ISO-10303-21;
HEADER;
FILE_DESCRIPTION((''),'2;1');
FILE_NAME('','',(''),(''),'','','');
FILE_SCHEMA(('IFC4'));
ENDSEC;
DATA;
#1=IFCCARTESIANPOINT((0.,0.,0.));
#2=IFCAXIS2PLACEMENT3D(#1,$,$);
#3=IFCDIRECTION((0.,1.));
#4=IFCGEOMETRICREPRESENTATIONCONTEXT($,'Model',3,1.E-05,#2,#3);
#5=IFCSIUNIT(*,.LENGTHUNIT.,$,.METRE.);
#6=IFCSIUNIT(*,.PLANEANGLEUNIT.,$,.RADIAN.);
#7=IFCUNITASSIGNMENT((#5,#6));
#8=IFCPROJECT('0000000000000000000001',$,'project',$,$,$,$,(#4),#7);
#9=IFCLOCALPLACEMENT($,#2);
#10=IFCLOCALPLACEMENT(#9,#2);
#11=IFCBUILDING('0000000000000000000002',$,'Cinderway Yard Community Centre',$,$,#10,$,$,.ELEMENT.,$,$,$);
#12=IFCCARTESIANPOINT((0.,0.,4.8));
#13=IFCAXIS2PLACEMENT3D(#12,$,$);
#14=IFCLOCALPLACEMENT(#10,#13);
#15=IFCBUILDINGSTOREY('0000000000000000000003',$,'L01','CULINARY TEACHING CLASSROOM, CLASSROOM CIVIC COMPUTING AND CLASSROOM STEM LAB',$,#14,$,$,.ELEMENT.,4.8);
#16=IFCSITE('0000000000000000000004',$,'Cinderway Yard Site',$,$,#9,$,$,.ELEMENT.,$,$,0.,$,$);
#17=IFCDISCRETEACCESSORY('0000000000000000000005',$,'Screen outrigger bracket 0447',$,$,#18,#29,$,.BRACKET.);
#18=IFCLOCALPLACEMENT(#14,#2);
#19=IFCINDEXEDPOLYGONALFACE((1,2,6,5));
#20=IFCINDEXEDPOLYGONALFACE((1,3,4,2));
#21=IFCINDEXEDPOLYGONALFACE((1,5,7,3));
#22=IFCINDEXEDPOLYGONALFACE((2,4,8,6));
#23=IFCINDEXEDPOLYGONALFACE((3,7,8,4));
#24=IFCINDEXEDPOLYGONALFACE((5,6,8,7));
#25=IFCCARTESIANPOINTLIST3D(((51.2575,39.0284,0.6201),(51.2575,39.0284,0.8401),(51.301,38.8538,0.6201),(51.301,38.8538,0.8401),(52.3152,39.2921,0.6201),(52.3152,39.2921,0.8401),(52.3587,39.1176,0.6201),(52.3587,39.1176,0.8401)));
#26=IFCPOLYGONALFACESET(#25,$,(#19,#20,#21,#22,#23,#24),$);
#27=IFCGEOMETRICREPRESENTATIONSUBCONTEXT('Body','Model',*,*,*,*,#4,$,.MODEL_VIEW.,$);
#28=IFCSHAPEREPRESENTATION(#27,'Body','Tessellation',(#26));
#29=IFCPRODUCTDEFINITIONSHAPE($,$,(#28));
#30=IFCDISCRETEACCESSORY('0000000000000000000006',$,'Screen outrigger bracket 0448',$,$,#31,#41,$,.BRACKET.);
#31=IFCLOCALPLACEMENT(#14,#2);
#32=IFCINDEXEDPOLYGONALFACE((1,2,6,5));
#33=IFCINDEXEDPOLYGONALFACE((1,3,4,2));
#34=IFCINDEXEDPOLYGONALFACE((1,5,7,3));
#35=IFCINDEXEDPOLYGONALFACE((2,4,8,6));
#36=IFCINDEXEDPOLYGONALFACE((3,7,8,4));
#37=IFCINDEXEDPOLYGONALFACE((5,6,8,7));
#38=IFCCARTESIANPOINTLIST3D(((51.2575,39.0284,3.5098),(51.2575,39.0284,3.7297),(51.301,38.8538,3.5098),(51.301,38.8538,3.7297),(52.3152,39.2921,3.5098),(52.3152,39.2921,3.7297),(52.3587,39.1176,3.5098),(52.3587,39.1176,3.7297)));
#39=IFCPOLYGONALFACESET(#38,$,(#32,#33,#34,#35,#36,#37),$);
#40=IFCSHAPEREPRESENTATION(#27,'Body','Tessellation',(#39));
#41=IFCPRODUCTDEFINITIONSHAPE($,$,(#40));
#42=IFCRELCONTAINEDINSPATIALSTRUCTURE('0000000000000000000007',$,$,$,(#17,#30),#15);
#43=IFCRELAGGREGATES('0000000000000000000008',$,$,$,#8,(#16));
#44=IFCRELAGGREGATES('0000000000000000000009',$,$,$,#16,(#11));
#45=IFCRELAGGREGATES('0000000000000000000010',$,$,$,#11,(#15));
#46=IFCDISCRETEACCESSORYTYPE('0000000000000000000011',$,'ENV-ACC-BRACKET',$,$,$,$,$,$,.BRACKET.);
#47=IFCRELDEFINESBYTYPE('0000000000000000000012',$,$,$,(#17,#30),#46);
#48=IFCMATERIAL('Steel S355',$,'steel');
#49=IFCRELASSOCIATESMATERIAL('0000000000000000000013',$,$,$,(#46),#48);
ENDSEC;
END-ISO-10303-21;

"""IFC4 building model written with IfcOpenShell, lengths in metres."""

from ifc_helpers import new_model, si_unit, direction, frame, origin, origin_2d, place, context, subcontext, project, spatial, rectangle, extrude, material, type_object, element, save


model = new_model("IFC4")

# Units and contexts
model_context = context("Model", 3, precision=1e-05, world=origin(), true_north=direction((0.0, 1.0)))
body_context = subcontext(model_context, "Body", "Model", "MODEL_VIEW")
ifc_project = project(units=[si_unit("LENGTHUNIT", "METRE"), si_unit("PLANEANGLEUNIT", "RADIAN")], contexts=[model_context])

# Site, building, storey
site_placement = place(None, origin())
site = spatial("IfcSite", under=ifc_project, at=site_placement, Name="Cinderway Yard Site", CompositionType="ELEMENT", RefElevation=0.0)
building_placement = place(site_placement, origin())
building = spatial("IfcBuilding", under=site, at=building_placement, Name="Cinderway Yard Community Centre", CompositionType="ELEMENT")
storey_placement = place(building_placement, frame((0.0, 0.0, 4.8)))
storey = spatial("IfcBuildingStorey", under=building, at=storey_placement, Name="L01", Description="CULINARY TEACHING CLASSROOM, CLASSROOM CIVIC COMPUTING AND CLASSROOM STEM LAB", CompositionType="ELEMENT", Elevation=4.8)

# Shared definitions
ifc_material_1 = material(Name="Steel S355", Category="steel")

# Discrete accessories
discrete_accessory_type = type_object("IfcDiscreteAccessoryType", Name="ENV-ACC-BRACKET", PredefinedType="BRACKET", material=ifc_material_1)
for number, where, z_axis, x_axis, name in (
    (1, (51.8081, 39.073, 0.6201), (0.0, 0.0, 1.0), (0.970296, 0.241922, 0.0), "Screen outrigger bracket 0447"),
    (2, (51.8081, 39.073, 3.5098), (0.0, 0.0, 1.0), (0.970296, 0.241922, 0.0), "Screen outrigger bracket 0448"),
):
    element("IfcDiscreteAccessory", number, at=place(storey_placement, frame(where, z_axis=z_axis, x_axis=x_axis)), inside=storey, type_object=discrete_accessory_type, Name=name, PredefinedType="BRACKET", context=body_context, shape_type="SweptSolid", body=[
        extrude(rectangle(XDim=1.0901, YDim=0.1799, at=origin_2d()), origin(), (0.0, 0.0, 1.0), 0.22),
    ])

save(model, "model.ifc")
